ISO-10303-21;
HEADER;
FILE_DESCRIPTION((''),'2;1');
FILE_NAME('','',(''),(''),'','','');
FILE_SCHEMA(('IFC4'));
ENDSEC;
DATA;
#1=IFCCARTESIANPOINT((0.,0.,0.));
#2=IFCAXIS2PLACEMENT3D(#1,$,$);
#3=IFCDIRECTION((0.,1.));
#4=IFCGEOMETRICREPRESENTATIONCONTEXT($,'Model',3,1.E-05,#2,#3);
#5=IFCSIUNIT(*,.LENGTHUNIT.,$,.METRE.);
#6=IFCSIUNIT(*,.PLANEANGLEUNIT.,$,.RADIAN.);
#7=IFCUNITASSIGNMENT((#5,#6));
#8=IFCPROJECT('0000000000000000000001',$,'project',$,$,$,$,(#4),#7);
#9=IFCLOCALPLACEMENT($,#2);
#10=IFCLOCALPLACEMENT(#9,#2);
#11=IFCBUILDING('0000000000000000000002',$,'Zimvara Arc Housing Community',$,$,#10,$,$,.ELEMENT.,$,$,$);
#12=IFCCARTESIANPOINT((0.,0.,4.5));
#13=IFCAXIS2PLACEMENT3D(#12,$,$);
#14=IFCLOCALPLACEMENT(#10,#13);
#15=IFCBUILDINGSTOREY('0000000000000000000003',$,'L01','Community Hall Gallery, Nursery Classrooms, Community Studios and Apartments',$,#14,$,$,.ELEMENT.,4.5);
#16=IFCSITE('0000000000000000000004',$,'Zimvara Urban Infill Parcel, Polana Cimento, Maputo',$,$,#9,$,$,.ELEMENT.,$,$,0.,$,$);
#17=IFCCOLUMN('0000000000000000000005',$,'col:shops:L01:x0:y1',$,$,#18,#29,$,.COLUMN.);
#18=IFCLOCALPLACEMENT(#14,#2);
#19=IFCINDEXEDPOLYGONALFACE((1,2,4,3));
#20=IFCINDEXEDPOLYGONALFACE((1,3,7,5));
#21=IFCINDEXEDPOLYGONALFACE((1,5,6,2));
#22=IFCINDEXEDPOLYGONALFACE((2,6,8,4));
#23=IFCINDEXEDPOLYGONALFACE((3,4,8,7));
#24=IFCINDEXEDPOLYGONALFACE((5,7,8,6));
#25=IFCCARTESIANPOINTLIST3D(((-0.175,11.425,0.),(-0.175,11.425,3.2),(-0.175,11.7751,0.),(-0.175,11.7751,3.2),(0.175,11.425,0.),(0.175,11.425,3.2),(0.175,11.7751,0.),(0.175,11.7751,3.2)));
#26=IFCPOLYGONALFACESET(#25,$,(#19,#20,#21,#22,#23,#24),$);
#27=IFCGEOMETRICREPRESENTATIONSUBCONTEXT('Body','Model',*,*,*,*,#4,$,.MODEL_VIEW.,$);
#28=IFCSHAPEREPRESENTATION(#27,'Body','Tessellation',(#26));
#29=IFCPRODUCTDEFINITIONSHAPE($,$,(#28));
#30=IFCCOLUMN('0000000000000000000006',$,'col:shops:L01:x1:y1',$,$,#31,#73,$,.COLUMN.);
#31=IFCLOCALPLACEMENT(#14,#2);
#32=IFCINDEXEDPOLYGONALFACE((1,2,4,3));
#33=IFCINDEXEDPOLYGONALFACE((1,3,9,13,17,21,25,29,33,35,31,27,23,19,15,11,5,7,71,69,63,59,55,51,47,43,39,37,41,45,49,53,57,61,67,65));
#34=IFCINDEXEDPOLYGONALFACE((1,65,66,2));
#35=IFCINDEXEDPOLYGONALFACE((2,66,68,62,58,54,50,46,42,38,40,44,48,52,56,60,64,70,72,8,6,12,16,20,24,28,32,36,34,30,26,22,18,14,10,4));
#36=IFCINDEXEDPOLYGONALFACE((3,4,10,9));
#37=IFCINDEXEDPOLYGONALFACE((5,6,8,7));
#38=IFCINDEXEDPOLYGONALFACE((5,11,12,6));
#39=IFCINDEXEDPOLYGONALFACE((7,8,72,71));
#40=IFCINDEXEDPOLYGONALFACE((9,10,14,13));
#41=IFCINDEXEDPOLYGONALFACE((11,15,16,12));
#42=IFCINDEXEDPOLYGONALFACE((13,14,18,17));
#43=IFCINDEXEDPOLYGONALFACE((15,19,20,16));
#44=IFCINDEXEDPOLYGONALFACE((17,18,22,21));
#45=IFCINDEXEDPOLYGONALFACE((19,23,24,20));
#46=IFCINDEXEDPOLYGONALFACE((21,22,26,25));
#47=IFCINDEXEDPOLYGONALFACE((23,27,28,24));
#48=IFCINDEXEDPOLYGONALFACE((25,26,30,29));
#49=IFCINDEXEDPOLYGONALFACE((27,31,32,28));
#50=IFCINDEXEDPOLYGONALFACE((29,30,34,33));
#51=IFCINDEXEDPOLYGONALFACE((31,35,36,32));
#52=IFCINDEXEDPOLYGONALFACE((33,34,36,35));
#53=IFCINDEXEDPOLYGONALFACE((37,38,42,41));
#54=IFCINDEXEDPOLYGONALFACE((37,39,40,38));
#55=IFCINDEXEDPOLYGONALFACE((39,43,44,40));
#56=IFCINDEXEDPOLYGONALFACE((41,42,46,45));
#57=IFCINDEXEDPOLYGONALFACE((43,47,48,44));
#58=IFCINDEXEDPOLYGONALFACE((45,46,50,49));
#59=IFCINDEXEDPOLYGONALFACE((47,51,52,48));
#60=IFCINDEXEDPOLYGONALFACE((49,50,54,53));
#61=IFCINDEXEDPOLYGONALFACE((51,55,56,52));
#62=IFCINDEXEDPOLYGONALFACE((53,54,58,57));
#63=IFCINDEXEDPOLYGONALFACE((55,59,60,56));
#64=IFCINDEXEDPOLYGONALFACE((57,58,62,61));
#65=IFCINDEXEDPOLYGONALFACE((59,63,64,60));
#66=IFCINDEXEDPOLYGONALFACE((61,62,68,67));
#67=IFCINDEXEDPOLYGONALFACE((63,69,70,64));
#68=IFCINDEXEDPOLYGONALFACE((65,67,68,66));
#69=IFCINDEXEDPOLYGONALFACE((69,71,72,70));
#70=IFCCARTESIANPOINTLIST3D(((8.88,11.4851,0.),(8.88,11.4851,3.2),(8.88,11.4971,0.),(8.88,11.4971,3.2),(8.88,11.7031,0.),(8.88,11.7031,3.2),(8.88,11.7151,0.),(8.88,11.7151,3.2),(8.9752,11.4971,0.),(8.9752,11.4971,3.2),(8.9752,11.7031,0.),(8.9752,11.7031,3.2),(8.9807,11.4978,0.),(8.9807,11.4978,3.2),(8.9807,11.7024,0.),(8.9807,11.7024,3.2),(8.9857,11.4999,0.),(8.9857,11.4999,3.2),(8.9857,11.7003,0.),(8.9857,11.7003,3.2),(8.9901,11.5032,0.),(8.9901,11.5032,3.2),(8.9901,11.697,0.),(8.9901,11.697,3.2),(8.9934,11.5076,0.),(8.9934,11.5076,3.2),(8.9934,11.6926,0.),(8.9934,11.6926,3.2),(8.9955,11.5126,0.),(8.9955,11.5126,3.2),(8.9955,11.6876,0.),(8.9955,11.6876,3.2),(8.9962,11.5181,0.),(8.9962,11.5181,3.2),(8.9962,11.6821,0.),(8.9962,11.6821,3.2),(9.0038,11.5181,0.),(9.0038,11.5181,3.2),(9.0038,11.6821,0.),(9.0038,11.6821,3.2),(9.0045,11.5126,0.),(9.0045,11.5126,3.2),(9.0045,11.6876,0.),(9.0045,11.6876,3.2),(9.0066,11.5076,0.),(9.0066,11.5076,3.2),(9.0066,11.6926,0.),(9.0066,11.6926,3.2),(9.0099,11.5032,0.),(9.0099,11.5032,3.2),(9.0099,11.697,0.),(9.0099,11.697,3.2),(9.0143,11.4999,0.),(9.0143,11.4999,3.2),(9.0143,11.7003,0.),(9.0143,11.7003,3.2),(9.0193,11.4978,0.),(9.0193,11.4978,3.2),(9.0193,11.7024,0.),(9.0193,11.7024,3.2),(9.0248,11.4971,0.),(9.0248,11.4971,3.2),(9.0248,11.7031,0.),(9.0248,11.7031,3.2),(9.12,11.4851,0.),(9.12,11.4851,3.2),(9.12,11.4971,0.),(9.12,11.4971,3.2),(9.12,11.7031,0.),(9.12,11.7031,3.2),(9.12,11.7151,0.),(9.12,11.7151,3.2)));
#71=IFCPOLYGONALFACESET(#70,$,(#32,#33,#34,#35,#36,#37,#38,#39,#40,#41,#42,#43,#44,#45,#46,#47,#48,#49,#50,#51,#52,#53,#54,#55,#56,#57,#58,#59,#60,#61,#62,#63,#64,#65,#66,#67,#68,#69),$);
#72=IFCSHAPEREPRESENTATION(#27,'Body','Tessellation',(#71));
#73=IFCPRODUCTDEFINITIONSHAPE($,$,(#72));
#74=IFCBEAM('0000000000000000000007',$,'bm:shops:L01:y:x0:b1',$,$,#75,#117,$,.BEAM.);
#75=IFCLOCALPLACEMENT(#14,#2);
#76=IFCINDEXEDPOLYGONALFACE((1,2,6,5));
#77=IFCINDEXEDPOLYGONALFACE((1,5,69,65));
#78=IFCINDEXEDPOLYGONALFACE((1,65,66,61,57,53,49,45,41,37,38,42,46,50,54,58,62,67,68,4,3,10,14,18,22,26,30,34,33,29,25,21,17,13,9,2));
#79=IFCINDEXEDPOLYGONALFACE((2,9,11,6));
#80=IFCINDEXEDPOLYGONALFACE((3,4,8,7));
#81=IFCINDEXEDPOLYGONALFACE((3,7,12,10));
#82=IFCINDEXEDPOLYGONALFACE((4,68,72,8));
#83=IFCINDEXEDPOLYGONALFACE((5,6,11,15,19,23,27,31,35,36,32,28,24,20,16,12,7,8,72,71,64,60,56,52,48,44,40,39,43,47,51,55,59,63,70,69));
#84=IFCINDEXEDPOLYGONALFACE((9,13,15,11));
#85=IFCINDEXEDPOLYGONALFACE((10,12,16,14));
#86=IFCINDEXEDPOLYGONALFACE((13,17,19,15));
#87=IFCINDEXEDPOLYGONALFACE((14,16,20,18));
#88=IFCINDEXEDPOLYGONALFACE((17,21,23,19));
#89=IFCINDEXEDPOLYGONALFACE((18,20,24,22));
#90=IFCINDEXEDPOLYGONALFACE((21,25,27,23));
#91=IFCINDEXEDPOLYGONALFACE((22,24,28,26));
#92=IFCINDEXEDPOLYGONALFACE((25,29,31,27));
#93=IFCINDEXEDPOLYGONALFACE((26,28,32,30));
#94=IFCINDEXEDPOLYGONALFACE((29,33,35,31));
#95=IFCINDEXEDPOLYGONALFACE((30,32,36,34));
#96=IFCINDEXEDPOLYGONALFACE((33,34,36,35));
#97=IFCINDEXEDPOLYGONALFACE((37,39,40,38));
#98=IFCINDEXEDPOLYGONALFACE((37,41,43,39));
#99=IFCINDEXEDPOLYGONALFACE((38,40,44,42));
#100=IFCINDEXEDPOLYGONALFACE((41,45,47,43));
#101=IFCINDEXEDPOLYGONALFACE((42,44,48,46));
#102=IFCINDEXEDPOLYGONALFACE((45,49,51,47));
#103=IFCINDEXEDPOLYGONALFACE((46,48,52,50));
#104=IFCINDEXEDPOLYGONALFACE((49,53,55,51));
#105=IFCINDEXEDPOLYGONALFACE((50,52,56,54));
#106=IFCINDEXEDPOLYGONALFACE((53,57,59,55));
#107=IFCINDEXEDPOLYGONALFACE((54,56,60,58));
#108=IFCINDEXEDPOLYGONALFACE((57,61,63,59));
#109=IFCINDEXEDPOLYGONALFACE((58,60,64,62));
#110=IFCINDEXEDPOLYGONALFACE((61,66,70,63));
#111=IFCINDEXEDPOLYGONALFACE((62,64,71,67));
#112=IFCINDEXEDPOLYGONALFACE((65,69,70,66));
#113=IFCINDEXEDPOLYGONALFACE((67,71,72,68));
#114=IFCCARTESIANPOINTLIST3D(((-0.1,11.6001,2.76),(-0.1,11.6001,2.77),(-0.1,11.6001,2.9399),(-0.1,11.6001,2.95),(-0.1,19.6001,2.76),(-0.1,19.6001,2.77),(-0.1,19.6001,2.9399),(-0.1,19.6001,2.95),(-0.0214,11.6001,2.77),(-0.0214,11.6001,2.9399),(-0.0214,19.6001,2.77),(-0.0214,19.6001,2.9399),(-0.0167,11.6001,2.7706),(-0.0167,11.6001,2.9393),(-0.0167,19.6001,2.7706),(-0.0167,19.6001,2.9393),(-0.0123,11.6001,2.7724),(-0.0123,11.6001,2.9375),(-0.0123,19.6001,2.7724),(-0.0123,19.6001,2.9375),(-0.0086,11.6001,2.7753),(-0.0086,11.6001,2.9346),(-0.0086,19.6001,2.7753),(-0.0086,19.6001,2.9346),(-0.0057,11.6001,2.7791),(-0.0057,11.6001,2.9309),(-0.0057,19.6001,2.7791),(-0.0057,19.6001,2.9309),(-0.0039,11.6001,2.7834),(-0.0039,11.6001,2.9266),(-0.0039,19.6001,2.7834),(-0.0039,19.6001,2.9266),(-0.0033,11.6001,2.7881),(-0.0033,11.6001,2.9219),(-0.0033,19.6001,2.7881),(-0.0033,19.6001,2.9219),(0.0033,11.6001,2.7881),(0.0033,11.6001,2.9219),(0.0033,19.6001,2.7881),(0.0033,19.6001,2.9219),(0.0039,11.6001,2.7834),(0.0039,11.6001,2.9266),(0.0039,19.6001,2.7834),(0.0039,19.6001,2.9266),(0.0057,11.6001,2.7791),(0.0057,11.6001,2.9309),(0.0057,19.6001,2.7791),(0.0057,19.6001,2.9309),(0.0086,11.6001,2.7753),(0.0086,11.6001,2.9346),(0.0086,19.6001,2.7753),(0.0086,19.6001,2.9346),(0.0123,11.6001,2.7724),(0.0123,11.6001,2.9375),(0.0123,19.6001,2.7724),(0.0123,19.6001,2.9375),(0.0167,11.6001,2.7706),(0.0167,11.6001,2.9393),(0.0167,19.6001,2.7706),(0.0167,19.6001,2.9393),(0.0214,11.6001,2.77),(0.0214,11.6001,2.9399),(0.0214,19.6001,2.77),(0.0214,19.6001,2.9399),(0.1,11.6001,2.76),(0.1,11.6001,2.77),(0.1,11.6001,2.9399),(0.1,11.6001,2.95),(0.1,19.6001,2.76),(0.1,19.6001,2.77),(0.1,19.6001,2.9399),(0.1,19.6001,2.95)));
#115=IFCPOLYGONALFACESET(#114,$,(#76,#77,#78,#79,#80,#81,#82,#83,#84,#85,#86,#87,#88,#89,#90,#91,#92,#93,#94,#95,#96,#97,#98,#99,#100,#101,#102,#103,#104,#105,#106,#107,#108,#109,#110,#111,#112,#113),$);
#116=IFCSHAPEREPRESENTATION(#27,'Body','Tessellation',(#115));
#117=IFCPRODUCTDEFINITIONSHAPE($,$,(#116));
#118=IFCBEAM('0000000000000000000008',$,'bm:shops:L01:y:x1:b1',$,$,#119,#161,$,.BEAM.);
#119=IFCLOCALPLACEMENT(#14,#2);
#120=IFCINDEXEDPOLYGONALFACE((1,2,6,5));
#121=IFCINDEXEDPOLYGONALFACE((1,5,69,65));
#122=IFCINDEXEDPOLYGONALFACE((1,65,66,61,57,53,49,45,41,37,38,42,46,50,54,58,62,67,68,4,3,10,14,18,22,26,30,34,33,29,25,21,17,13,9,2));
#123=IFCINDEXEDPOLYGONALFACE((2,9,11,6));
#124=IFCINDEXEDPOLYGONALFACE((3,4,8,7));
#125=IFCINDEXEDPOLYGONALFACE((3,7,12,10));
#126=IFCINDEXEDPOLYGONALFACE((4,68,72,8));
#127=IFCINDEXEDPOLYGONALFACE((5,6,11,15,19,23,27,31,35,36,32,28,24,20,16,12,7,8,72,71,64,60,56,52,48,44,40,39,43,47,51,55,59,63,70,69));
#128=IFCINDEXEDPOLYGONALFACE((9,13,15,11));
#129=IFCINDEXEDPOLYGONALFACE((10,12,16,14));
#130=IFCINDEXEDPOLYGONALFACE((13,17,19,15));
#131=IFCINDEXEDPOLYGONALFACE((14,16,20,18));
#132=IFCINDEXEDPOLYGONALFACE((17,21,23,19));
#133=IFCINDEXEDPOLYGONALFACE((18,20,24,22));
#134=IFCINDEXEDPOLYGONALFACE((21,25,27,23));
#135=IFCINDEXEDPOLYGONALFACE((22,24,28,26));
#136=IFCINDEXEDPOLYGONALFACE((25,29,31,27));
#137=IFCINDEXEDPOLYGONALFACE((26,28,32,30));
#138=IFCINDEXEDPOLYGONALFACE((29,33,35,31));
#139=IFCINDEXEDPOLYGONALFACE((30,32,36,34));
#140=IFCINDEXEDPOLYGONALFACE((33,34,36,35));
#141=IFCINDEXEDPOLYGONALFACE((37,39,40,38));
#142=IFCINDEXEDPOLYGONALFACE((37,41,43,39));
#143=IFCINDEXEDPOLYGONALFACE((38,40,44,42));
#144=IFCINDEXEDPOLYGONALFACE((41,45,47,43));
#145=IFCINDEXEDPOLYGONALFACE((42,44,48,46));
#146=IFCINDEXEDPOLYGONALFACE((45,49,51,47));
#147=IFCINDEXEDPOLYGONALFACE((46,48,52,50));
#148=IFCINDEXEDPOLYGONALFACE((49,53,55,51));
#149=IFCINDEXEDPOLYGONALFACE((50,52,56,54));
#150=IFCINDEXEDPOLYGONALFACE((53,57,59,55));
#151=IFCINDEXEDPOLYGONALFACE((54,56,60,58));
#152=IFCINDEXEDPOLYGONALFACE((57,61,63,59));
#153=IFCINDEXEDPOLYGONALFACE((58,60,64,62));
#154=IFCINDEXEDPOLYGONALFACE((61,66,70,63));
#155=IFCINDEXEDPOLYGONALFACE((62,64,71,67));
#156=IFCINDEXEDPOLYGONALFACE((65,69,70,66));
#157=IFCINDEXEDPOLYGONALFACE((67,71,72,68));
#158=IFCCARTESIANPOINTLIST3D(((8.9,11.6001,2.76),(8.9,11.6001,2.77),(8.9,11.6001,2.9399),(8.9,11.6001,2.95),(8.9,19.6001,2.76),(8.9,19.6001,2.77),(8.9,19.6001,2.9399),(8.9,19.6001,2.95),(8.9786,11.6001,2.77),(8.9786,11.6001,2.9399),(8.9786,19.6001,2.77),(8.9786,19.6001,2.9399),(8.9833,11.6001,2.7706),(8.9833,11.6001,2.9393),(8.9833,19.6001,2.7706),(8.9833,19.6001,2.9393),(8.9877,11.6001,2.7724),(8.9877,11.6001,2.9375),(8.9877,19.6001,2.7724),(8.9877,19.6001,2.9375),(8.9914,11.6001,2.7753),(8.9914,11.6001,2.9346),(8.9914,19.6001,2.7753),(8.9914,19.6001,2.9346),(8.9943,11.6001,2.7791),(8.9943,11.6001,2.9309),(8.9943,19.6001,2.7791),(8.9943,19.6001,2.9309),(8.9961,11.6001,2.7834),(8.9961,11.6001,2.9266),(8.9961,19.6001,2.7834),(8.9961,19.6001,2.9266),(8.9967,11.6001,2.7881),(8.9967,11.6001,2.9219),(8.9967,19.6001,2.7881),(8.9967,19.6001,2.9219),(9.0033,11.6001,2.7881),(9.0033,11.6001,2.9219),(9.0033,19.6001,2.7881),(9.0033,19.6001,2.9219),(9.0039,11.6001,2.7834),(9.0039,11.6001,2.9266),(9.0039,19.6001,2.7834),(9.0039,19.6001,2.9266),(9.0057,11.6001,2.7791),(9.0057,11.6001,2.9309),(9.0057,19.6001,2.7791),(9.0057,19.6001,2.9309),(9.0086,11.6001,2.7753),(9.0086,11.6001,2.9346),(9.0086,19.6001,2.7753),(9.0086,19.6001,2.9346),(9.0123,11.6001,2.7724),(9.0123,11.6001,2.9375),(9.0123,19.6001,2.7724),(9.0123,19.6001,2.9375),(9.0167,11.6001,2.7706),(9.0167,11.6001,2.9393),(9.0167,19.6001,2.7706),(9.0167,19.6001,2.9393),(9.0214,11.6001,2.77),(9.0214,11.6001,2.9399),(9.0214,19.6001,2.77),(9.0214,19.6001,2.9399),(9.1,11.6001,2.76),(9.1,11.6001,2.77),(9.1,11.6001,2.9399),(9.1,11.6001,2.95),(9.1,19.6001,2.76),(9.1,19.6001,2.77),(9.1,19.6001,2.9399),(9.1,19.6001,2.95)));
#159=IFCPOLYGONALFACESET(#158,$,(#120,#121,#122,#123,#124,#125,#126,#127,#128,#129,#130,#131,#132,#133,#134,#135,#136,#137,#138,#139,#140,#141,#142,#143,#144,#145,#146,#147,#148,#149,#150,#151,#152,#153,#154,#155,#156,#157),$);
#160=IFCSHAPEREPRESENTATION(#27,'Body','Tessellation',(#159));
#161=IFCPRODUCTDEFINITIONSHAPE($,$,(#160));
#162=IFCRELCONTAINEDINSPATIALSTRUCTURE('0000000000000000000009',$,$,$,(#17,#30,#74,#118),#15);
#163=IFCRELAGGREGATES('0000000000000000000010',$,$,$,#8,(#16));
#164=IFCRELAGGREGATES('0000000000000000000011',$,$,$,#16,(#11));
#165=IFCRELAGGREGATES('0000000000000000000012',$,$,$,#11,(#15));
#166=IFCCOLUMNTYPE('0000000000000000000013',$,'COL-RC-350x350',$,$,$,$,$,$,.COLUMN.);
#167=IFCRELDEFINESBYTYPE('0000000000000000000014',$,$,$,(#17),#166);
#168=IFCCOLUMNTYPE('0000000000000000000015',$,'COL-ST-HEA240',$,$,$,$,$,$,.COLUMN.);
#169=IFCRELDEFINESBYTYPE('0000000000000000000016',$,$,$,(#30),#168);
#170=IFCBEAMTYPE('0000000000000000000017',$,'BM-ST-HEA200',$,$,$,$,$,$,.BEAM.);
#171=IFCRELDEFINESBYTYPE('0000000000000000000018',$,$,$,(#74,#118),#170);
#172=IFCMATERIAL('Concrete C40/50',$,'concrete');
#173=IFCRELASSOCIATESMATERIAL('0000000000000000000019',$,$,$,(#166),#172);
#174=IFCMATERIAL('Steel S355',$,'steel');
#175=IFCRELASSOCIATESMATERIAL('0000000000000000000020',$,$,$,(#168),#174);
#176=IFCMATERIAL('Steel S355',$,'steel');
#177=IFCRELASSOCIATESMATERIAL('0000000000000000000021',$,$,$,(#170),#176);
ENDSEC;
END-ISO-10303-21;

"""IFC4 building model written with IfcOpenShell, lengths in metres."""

from ifc_helpers import new_model, si_unit, direction, frame, origin, origin_2d, place, context, subcontext, project, spatial, rectangle, i_section, extrude, material, material_profile, profile_set, type_object, element, save


model = new_model("IFC4")

# Units and contexts
model_context = context("Model", 3, precision=1e-05, world=origin(), true_north=direction((0.0, 1.0)))
body_context = subcontext(model_context, "Body", "Model", "MODEL_VIEW")
ifc_project = project(units=[si_unit("LENGTHUNIT", "METRE"), si_unit("PLANEANGLEUNIT", "RADIAN")], contexts=[model_context])

# Site, building, storey
site_placement = place(None, origin())
site = spatial("IfcSite", under=ifc_project, at=site_placement, Name="Zimvara Urban Infill Parcel, Polana Cimento, Maputo", CompositionType="ELEMENT", RefElevation=0.0)
building_placement = place(site_placement, origin())
building = spatial("IfcBuilding", under=site, at=building_placement, Name="Zimvara Arc Housing Community", CompositionType="ELEMENT")
storey_placement = place(building_placement, frame((0.0, 0.0, 4.5)))
storey = spatial("IfcBuildingStorey", under=building, at=storey_placement, Name="L01", Description="Community Hall Gallery, Nursery Classrooms, Community Studios and Apartments", CompositionType="ELEMENT", Elevation=4.5)

# Columns
ifc_material_1 = material(Name="Concrete C40/50", Category="concrete")
ifc_material_profile_1 = material_profile(ifc_material_1, rectangle(XDim=0.3501, YDim=0.3501, at=origin_2d()), Name="RC 350x350")
ifc_profile_set_1 = profile_set([ifc_material_profile_1], Name="Concrete C40/50")
column_type_1 = type_object("IfcColumnType", Name="COL-RC-350x350", PredefinedType="COLUMN", material=ifc_profile_set_1)
column_1_placement = place(storey_placement, frame((0.0, 11.6001, 0.0), z_axis=(0.0, 0.0, 1.0), x_axis=(1.0, 0.0, 0.0)))
element("IfcColumn", 1, at=column_1_placement, inside=storey, type_object=column_type_1, Name="col:shops:L01:x0:y1", PredefinedType="COLUMN", context=body_context, shape_type="SweptSolid", body=[
    extrude(rectangle(XDim=0.3501, YDim=0.3501, at=origin_2d()), origin(), (0.0, 0.0, 1.0), 3.2),
])
ifc_material_2 = material(Name="Steel S355", Category="steel")
ifc_material_profile_2 = material_profile(ifc_material_2, i_section(OverallWidth=0.24, OverallDepth=0.23, WebThickness=0.0076, FlangeThickness=0.012, FilletRadius=0.021, at=origin_2d()), Name="HEA 240")
ifc_profile_set_2 = profile_set([ifc_material_profile_2], Name="Steel S355")
column_type_2 = type_object("IfcColumnType", Name="COL-ST-HEA240", PredefinedType="COLUMN", material=ifc_profile_set_2)
column_2_placement = place(storey_placement, frame((9.0, 11.6001, 0.0), z_axis=(0.0, 0.0, 1.0), x_axis=(1.0, 0.0, 0.0)))
element("IfcColumn", 2, at=column_2_placement, inside=storey, type_object=column_type_2, Name="col:shops:L01:x1:y1", PredefinedType="COLUMN", context=body_context, shape_type="SweptSolid", body=[
    extrude(i_section(OverallWidth=0.24, OverallDepth=0.23, WebThickness=0.0076, FlangeThickness=0.012, FilletRadius=0.021, at=origin_2d()), origin(), (0.0, 0.0, 1.0), 3.2),
])

# Beams
ifc_material_3 = material(Name="Steel S355", Category="steel")
ifc_material_profile_3 = material_profile(ifc_material_3, i_section(OverallWidth=0.2, OverallDepth=0.1899, WebThickness=0.0066, FlangeThickness=0.01, FilletRadius=0.0181, at=origin_2d()), Name="HEA 200")
ifc_profile_set_3 = profile_set([ifc_material_profile_3], Name="Steel S355")
beam_type_1 = type_object("IfcBeamType", Name="BM-ST-HEA200", PredefinedType="BEAM", material=ifc_profile_set_3)
for number, where, z_axis, x_axis, name in (
    (3, (0.0, 11.6001, 2.855), (0.0, 1.0, 0.0), (-1.0, 0.0, 0.0), "bm:shops:L01:y:x0:b1"),
    (4, (9.0, 11.6001, 2.855), (0.0, 1.0, 0.0), (-1.0, 0.0, 0.0), "bm:shops:L01:y:x1:b1"),
):
    element("IfcBeam", number, at=place(storey_placement, frame(where, z_axis=z_axis, x_axis=x_axis)), inside=storey, type_object=beam_type_1, Name=name, PredefinedType="BEAM", context=body_context, shape_type="SweptSolid", body=[
        extrude(i_section(OverallWidth=0.2, OverallDepth=0.1899, WebThickness=0.0066, FlangeThickness=0.01, FilletRadius=0.0181, at=origin_2d()), origin(), (0.0, 0.0, 1.0), 8.0),
    ])

save(model, "model.ifc")
